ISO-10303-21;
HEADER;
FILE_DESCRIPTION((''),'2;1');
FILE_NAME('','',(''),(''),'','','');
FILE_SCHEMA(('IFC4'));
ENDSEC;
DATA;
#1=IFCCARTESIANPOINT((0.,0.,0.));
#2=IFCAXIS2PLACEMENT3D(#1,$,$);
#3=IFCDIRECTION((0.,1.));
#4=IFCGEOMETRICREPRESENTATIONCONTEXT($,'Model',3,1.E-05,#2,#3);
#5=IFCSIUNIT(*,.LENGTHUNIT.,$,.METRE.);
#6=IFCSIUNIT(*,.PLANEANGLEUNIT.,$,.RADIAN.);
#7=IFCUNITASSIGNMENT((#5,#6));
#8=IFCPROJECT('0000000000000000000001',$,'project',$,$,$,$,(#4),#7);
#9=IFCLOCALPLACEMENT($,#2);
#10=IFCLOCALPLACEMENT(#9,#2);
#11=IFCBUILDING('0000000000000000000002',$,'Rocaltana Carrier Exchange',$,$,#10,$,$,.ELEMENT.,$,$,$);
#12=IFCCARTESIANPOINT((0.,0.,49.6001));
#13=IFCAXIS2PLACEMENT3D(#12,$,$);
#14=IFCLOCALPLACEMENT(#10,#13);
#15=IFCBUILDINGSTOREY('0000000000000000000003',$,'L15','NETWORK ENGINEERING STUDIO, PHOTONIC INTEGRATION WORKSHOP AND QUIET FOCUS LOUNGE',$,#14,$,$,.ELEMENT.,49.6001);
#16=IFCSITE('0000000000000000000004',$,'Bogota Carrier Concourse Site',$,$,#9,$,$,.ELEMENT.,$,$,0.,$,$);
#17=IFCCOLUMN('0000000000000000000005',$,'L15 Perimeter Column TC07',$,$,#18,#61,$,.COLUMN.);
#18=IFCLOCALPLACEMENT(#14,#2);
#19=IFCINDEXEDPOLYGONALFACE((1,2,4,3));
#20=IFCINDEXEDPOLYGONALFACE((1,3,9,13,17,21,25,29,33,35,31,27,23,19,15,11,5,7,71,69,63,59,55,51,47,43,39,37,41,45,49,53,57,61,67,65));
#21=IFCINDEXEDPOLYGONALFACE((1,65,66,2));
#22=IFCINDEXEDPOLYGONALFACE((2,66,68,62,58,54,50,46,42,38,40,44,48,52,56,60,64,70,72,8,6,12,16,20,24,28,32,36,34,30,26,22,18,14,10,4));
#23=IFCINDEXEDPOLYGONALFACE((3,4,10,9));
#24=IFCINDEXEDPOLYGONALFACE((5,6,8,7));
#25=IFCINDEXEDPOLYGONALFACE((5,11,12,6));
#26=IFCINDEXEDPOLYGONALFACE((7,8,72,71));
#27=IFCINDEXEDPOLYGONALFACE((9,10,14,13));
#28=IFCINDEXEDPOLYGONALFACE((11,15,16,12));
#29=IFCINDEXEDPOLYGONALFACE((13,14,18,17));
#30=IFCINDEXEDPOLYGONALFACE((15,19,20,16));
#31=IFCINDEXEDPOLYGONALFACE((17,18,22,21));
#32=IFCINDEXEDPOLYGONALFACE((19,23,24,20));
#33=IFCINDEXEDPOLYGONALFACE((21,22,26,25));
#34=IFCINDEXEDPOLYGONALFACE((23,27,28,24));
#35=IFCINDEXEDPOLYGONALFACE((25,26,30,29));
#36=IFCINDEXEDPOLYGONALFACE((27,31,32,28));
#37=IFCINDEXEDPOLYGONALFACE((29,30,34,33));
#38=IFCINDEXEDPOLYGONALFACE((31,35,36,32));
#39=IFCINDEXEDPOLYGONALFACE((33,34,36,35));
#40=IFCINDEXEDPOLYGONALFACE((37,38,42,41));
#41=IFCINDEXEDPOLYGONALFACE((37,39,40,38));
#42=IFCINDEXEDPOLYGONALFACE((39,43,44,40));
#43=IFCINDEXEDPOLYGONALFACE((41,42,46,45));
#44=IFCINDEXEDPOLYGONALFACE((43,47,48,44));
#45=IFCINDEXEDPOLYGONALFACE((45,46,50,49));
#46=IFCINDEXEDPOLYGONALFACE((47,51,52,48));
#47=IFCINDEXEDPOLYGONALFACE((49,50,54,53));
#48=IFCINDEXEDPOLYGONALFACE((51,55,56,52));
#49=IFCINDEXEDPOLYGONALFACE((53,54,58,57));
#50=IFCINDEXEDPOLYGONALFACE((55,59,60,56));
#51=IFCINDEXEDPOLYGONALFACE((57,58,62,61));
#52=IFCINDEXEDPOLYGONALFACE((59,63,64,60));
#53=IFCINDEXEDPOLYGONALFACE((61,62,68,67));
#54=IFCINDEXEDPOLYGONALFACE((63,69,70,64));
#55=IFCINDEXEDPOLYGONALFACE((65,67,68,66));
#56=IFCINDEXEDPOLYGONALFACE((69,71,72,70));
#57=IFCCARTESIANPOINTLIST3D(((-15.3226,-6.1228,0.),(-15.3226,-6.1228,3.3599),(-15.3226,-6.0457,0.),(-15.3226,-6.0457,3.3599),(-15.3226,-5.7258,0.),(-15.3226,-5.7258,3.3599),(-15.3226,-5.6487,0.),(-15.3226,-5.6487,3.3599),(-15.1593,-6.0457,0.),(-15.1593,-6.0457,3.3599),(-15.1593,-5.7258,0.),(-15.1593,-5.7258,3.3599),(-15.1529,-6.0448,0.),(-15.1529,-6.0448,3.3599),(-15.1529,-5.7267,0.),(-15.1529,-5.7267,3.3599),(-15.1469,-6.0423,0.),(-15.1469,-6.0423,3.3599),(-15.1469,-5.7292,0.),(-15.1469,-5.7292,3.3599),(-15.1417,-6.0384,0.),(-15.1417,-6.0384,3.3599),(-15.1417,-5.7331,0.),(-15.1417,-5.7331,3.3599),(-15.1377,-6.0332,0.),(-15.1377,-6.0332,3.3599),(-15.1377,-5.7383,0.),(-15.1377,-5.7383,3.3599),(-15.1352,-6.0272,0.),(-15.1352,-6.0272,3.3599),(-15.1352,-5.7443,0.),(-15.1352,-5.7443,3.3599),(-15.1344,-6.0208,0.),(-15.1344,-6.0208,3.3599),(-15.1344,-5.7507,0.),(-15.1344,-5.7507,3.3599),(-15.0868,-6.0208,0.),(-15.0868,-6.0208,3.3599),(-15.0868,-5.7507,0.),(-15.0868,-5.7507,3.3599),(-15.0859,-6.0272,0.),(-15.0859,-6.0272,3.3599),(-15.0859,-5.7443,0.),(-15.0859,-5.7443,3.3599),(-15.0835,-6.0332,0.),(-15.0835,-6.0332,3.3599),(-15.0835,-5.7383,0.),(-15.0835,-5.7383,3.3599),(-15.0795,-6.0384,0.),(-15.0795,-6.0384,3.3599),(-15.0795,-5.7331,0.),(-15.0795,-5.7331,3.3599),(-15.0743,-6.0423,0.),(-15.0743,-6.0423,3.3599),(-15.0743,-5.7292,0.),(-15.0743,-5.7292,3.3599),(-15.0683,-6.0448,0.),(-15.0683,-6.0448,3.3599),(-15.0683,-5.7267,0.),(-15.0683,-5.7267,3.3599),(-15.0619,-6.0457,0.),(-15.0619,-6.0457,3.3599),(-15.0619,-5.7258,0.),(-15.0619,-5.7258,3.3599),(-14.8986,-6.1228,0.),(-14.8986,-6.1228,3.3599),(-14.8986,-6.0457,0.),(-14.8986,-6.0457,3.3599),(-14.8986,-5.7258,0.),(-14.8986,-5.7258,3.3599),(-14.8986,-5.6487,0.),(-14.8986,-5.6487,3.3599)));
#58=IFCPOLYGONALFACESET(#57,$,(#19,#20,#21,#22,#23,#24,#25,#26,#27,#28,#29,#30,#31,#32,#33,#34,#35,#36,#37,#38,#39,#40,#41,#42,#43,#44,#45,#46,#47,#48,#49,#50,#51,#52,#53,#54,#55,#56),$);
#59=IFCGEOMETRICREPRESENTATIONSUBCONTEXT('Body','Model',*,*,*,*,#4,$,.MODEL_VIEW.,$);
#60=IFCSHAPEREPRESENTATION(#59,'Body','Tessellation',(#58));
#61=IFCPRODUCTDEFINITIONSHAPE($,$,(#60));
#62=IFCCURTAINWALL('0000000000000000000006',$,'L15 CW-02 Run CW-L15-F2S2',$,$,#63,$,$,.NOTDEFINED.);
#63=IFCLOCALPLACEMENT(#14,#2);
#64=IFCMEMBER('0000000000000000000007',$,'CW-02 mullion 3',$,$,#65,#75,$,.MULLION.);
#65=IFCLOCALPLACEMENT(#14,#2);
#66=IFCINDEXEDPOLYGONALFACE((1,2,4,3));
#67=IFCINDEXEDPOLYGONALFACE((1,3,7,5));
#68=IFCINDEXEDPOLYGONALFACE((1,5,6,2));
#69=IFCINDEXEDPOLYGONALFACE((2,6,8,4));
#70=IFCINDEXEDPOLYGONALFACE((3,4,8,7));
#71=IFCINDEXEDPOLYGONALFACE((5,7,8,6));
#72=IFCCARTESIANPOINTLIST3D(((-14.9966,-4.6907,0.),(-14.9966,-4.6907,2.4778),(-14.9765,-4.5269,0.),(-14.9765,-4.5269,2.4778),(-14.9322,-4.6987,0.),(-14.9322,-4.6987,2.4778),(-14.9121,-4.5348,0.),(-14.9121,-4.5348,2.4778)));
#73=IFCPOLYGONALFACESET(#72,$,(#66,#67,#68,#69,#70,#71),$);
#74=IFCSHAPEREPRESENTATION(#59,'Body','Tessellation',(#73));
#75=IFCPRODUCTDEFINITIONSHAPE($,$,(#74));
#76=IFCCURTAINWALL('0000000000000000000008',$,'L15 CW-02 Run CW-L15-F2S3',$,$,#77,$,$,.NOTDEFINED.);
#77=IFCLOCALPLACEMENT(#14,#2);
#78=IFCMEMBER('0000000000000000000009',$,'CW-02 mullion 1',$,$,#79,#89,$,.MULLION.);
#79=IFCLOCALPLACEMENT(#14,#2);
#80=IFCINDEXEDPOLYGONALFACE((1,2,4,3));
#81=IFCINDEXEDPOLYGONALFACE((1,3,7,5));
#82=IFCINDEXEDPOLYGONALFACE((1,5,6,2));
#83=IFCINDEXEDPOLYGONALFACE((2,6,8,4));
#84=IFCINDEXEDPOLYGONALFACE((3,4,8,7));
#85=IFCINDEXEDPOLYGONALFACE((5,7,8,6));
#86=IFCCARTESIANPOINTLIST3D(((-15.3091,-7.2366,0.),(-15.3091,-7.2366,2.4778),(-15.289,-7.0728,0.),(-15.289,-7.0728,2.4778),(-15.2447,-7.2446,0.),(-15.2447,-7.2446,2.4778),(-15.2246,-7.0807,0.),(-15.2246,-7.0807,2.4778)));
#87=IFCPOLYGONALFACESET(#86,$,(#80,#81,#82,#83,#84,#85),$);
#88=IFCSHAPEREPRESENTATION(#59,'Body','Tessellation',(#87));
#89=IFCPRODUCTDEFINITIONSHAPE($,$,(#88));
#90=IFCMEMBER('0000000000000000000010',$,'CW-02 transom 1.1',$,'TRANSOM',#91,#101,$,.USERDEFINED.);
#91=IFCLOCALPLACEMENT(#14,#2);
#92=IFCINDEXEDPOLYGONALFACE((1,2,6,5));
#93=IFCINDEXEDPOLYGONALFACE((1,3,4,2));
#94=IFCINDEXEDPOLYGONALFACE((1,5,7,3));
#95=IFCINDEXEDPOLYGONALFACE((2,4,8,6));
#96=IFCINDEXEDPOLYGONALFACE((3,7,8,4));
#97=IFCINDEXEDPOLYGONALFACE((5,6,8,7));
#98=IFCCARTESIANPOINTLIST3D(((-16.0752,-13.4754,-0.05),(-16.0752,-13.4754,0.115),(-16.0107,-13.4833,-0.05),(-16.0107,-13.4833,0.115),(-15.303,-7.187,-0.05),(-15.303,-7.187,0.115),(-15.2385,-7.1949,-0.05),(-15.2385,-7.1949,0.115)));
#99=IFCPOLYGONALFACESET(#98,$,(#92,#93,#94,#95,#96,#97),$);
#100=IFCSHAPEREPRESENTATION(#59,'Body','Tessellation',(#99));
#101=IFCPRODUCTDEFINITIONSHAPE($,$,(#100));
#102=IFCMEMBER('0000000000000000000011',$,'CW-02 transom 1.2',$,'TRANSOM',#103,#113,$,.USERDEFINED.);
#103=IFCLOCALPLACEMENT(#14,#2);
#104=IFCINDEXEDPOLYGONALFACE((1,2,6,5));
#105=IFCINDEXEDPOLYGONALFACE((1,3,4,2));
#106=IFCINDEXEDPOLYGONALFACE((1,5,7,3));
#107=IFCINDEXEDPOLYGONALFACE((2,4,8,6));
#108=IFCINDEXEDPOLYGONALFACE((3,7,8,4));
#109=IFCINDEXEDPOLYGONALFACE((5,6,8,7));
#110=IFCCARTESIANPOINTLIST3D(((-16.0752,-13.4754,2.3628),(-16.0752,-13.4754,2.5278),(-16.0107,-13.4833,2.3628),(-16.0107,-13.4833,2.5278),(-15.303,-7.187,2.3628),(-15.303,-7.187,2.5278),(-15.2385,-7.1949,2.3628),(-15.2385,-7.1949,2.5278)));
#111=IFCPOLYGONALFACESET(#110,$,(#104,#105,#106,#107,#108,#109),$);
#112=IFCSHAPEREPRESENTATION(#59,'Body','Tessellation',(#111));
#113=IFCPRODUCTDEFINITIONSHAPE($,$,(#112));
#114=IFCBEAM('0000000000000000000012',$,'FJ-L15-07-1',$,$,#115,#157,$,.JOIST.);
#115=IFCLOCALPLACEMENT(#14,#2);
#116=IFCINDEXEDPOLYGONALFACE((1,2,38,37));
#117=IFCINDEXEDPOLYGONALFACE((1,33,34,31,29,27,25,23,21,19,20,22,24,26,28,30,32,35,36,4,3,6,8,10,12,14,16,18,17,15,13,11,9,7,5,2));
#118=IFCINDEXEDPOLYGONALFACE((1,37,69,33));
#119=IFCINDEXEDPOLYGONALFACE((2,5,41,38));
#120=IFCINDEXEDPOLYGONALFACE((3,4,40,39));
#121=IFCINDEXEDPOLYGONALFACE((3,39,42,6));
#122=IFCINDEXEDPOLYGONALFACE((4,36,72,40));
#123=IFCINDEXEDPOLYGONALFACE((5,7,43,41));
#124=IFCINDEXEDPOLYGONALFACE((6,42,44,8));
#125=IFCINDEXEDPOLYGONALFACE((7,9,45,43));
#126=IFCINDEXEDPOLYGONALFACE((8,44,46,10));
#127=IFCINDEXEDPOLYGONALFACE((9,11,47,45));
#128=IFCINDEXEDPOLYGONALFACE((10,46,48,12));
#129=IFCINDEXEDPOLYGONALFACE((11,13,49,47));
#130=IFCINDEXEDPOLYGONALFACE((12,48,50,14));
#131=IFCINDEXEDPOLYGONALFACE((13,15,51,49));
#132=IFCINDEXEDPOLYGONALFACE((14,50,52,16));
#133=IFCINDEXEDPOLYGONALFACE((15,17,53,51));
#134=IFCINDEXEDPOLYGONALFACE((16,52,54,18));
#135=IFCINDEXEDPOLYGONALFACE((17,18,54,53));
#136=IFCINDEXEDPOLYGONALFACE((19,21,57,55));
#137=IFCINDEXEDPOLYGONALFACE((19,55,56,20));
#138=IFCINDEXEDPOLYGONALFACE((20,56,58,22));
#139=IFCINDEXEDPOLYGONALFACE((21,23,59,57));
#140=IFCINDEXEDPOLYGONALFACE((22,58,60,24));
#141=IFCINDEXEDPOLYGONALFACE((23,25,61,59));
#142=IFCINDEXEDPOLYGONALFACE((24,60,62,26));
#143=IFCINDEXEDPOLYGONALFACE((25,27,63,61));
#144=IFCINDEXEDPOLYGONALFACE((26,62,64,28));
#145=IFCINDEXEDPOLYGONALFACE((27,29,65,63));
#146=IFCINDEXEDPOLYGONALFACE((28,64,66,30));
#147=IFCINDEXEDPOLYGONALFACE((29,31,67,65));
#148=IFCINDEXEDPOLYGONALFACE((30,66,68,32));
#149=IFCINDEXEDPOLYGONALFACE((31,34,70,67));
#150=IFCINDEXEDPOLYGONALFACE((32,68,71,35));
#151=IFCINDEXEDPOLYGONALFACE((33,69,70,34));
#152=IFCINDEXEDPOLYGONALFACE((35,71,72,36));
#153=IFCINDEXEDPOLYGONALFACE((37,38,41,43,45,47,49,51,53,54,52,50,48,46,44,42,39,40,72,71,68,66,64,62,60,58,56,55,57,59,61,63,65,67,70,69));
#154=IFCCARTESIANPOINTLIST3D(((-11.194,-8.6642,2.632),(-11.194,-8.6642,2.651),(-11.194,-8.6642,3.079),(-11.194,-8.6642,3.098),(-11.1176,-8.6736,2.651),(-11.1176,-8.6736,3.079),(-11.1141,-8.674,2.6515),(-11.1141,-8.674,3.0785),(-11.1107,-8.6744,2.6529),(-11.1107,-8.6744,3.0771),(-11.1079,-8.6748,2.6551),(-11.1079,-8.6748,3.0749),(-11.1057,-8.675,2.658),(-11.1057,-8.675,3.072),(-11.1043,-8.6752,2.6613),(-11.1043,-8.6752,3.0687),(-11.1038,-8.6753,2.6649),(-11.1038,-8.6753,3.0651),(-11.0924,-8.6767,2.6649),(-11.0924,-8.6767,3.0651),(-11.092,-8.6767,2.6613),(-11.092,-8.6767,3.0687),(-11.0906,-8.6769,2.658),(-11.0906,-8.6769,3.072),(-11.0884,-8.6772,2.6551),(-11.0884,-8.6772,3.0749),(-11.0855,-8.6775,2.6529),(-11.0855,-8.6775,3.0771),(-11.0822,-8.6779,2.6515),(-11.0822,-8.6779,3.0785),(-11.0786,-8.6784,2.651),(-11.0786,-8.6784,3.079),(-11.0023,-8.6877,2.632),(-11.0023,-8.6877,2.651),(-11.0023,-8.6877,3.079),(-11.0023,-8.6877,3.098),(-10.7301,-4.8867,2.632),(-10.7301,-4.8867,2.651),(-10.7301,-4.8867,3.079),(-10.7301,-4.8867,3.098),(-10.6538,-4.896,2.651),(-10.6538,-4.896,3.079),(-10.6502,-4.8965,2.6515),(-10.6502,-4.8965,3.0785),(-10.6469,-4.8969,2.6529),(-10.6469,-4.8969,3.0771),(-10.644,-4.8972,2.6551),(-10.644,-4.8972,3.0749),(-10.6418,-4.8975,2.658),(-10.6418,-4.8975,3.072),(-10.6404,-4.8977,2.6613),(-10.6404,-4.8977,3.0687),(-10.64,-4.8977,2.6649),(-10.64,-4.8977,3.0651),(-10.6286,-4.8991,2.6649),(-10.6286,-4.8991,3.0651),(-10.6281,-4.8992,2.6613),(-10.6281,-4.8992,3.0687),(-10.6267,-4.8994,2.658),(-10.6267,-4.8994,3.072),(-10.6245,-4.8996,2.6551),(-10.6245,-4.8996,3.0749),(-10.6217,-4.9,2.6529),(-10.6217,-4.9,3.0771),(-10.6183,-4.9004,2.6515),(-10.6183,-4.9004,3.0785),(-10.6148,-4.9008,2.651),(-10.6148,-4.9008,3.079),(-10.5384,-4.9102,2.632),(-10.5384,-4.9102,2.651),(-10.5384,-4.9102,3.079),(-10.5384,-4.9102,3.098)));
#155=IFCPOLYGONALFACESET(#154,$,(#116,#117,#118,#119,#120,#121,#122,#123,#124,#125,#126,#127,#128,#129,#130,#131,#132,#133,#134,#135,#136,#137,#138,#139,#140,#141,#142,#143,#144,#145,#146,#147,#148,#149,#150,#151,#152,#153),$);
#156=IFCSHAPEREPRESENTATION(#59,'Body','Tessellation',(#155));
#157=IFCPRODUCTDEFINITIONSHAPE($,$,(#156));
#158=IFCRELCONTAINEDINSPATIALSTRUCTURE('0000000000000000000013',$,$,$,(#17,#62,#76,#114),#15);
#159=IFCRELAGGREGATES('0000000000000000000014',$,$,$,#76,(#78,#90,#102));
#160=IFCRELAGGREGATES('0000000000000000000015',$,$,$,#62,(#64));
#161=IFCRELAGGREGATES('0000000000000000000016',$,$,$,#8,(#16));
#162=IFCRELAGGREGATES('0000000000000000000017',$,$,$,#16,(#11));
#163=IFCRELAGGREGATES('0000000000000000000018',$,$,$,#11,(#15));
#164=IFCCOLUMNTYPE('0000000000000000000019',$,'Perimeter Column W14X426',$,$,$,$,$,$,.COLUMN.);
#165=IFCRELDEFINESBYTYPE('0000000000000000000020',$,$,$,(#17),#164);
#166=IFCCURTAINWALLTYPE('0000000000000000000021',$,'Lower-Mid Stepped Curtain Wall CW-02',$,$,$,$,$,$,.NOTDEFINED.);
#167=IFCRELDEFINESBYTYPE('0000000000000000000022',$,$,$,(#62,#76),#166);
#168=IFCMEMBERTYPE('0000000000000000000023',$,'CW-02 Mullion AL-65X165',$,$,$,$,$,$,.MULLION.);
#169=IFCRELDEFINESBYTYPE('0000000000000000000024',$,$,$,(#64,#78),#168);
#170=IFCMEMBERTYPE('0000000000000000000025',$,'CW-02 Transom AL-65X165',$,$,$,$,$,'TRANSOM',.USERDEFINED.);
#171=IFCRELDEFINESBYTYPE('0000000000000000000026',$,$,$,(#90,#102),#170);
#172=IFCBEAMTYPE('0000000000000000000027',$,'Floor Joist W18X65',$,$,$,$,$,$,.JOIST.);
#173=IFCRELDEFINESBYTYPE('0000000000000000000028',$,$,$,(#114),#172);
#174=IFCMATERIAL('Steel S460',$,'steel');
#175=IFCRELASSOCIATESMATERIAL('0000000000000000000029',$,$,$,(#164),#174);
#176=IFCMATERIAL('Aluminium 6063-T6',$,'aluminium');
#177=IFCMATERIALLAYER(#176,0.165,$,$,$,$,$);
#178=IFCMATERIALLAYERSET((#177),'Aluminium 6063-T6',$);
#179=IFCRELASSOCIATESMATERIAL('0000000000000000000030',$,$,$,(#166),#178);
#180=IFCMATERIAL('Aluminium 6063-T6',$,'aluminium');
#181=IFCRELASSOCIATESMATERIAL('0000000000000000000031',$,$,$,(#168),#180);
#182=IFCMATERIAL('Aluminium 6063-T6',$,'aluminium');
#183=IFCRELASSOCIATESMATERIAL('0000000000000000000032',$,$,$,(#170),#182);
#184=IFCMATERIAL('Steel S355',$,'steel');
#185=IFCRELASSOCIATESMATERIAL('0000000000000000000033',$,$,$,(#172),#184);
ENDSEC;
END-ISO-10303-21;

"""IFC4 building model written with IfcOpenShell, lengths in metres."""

from ifc_helpers import new_model, si_unit, direction, frame, origin, origin_2d, place, context, subcontext, project, spatial, rectangle, i_section, extrude, material, layer, layer_set, material_profile, profile_set, type_object, element, aggregate, save


model = new_model("IFC4")

# Units and contexts
model_context = context("Model", 3, precision=1e-05, world=origin(), true_north=direction((0.0, 1.0)))
body_context = subcontext(model_context, "Body", "Model", "MODEL_VIEW")
ifc_project = project(units=[si_unit("LENGTHUNIT", "METRE"), si_unit("PLANEANGLEUNIT", "RADIAN")], contexts=[model_context])

# Site, building, storey
site_placement = place(None, origin())
site = spatial("IfcSite", under=ifc_project, at=site_placement, Name="Bogota Carrier Concourse Site", CompositionType="ELEMENT", RefElevation=0.0)
building_placement = place(site_placement, origin())
building = spatial("IfcBuilding", under=site, at=building_placement, Name="Rocaltana Carrier Exchange", CompositionType="ELEMENT")
storey_placement = place(building_placement, frame((0.0, 0.0, 49.6001)))
storey = spatial("IfcBuildingStorey", under=building, at=storey_placement, Name="L15", Description="NETWORK ENGINEERING STUDIO, PHOTONIC INTEGRATION WORKSHOP AND QUIET FOCUS LOUNGE", CompositionType="ELEMENT", Elevation=49.6001)

# Column
ifc_material_1 = material(Name="Steel S460", Category="steel")
ifc_material_profile_1 = material_profile(ifc_material_1, i_section(OverallWidth=0.4241, OverallDepth=0.4741, WebThickness=0.0476, FlangeThickness=0.0771, FilletRadius=0.0249, at=origin_2d()), Name="W14X426")
ifc_profile_set_1 = profile_set([ifc_material_profile_1], Name="Steel S460")
column_type = type_object("IfcColumnType", Name="Perimeter Column W14X426", PredefinedType="COLUMN", material=ifc_profile_set_1)
column_placement = place(storey_placement, frame((-15.1106, -5.8857, 0.0), z_axis=(0.0, 0.0, 1.0), x_axis=(1.0, 0.0, 0.0)))
element("IfcColumn", 1, at=column_placement, inside=storey, type_object=column_type, Name="L15 Perimeter Column TC07", PredefinedType="COLUMN", context=body_context, shape_type="SweptSolid", body=[
    extrude(i_section(OverallWidth=0.4241, OverallDepth=0.4741, WebThickness=0.0476, FlangeThickness=0.0771, FilletRadius=0.0249, at=origin_2d()), origin(), (0.0, 0.0, 1.0), 3.3599),
])

# Curtain wall, member
ifc_material_2 = material(Name="Aluminium 6063-T6", Category="aluminium")
ifc_layer_1 = layer(ifc_material_2, 0.165)
ifc_layer_set_1 = layer_set([ifc_layer_1], Name="Aluminium 6063-T6")
curtain_wall_type = type_object("IfcCurtainWallType", Name="Lower-Mid Stepped Curtain Wall CW-02", PredefinedType="NOTDEFINED", material=ifc_layer_set_1)
curtain_wall_1_placement = place(storey_placement, origin())
curtain_wall_1 = element("IfcCurtainWall", 2, at=curtain_wall_1_placement, inside=storey, type_object=curtain_wall_type, Name="L15 CW-02 Run CW-L15-F2S2", PredefinedType="NOTDEFINED")
ifc_material_3 = material(Name="Aluminium 6063-T6", Category="aluminium")
ifc_material_profile_2 = material_profile(ifc_material_3, rectangle(XDim=0.0649, YDim=0.165, at=origin_2d()), Name="AL-65X165")
ifc_profile_set_2 = profile_set([ifc_material_profile_2], Name="Aluminium 6063-T6")
member_type_1 = type_object("IfcMemberType", Name="CW-02 Mullion AL-65X165", PredefinedType="MULLION", material=ifc_profile_set_2)
member_1_placement = place(storey_placement, frame((-14.9543, -4.6128, 0.0), z_axis=(0.0, 0.0, 1.0), x_axis=(0.992546, -0.121874, 0.0)))
member_1 = element("IfcMember", 3, at=member_1_placement, type_object=member_type_1, Name="CW-02 mullion 3", PredefinedType="MULLION", context=body_context, shape_type="SweptSolid", body=[
    extrude(rectangle(XDim=0.0649, YDim=0.165, at=origin_2d()), origin(), (0.0, 0.0, 1.0), 2.4778),
])

# Curtain wall, members
curtain_wall_2_placement = place(storey_placement, origin())
curtain_wall_2 = element("IfcCurtainWall", 4, at=curtain_wall_2_placement, inside=storey, type_object=curtain_wall_type, Name="L15 CW-02 Run CW-L15-F2S3", PredefinedType="NOTDEFINED")
member_2_placement = place(storey_placement, frame((-15.2668, -7.1587, 0.0), z_axis=(0.0, 0.0, 1.0), x_axis=(0.992545, -0.121881, 0.0)))
member_2 = element("IfcMember", 5, at=member_2_placement, type_object=member_type_1, Name="CW-02 mullion 1", PredefinedType="MULLION", context=body_context, shape_type="SweptSolid", body=[
    extrude(rectangle(XDim=0.0649, YDim=0.165, at=origin_2d()), origin(), (0.0, 0.0, 1.0), 2.4778),
])
ifc_material_4 = material(Name="Aluminium 6063-T6", Category="aluminium")
ifc_material_profile_3 = material_profile(ifc_material_4, rectangle(XDim=0.0649, YDim=0.165, at=origin_2d()), Name="AL-65X165")
ifc_profile_set_3 = profile_set([ifc_material_profile_3], Name="Aluminium 6063-T6")
member_type_2 = type_object("IfcMemberType", Name="CW-02 Transom AL-65X165", ElementType="TRANSOM", PredefinedType="USERDEFINED", material=ifc_profile_set_3)
member_3_placement = place(storey_placement, frame((-15.2708, -7.1909, 0.0325), z_axis=(-0.121881, -0.992545, 0.0), x_axis=(0.992545, -0.121881, 0.0)))
member_3 = element("IfcMember", 6, at=member_3_placement, type_object=member_type_2, Name="CW-02 transom 1.1", ObjectType="TRANSOM", PredefinedType="USERDEFINED", context=body_context, shape_type="SweptSolid", body=[
    extrude(rectangle(XDim=0.0649, YDim=0.165, at=origin_2d()), origin(), (0.0, 0.0, 1.0), 6.3357),
])
member_4_placement = place(storey_placement, frame((-15.2708, -7.1909, 2.4453), z_axis=(-0.121881, -0.992545, 0.0), x_axis=(0.992545, -0.121881, 0.0)))
member_4 = element("IfcMember", 7, at=member_4_placement, type_object=member_type_2, Name="CW-02 transom 1.2", ObjectType="TRANSOM", PredefinedType="USERDEFINED", context=body_context, shape_type="SweptSolid", body=[
    extrude(rectangle(XDim=0.0649, YDim=0.165, at=origin_2d()), origin(), (0.0, 0.0, 1.0), 6.3357),
])
aggregate(curtain_wall_2, [member_2, member_3, member_4])

# Beam
ifc_material_5 = material(Name="Steel S355", Category="steel")
ifc_material_profile_4 = material_profile(ifc_material_5, i_section(OverallWidth=0.1931, OverallDepth=0.4661, WebThickness=0.0115, FlangeThickness=0.019, FilletRadius=0.0139, at=origin_2d()), Name="W18X65")
ifc_profile_set_4 = profile_set([ifc_material_profile_4], Name="Steel S355")
beam_type_1 = type_object("IfcBeamType", Name="Floor Joist W18X65", PredefinedType="JOIST", material=ifc_profile_set_4)
beam_1_placement = place(storey_placement, frame((-10.6343, -4.8984, 2.865), z_axis=(-0.121879, -0.992545, 0.0), x_axis=(0.992545, -0.121879, 0.0)))
element("IfcBeam", 8, at=beam_1_placement, inside=storey, type_object=beam_type_1, Name="FJ-L15-07-1", PredefinedType="JOIST", context=body_context, shape_type="SweptSolid", body=[
    extrude(i_section(OverallWidth=0.1931, OverallDepth=0.4661, WebThickness=0.0115, FlangeThickness=0.019, FilletRadius=0.0139, at=origin_2d()), origin(), (0.0, 0.0, 1.0), 3.8059),
])

aggregate(curtain_wall_1, [member_1])

save(model, "model.ifc")
